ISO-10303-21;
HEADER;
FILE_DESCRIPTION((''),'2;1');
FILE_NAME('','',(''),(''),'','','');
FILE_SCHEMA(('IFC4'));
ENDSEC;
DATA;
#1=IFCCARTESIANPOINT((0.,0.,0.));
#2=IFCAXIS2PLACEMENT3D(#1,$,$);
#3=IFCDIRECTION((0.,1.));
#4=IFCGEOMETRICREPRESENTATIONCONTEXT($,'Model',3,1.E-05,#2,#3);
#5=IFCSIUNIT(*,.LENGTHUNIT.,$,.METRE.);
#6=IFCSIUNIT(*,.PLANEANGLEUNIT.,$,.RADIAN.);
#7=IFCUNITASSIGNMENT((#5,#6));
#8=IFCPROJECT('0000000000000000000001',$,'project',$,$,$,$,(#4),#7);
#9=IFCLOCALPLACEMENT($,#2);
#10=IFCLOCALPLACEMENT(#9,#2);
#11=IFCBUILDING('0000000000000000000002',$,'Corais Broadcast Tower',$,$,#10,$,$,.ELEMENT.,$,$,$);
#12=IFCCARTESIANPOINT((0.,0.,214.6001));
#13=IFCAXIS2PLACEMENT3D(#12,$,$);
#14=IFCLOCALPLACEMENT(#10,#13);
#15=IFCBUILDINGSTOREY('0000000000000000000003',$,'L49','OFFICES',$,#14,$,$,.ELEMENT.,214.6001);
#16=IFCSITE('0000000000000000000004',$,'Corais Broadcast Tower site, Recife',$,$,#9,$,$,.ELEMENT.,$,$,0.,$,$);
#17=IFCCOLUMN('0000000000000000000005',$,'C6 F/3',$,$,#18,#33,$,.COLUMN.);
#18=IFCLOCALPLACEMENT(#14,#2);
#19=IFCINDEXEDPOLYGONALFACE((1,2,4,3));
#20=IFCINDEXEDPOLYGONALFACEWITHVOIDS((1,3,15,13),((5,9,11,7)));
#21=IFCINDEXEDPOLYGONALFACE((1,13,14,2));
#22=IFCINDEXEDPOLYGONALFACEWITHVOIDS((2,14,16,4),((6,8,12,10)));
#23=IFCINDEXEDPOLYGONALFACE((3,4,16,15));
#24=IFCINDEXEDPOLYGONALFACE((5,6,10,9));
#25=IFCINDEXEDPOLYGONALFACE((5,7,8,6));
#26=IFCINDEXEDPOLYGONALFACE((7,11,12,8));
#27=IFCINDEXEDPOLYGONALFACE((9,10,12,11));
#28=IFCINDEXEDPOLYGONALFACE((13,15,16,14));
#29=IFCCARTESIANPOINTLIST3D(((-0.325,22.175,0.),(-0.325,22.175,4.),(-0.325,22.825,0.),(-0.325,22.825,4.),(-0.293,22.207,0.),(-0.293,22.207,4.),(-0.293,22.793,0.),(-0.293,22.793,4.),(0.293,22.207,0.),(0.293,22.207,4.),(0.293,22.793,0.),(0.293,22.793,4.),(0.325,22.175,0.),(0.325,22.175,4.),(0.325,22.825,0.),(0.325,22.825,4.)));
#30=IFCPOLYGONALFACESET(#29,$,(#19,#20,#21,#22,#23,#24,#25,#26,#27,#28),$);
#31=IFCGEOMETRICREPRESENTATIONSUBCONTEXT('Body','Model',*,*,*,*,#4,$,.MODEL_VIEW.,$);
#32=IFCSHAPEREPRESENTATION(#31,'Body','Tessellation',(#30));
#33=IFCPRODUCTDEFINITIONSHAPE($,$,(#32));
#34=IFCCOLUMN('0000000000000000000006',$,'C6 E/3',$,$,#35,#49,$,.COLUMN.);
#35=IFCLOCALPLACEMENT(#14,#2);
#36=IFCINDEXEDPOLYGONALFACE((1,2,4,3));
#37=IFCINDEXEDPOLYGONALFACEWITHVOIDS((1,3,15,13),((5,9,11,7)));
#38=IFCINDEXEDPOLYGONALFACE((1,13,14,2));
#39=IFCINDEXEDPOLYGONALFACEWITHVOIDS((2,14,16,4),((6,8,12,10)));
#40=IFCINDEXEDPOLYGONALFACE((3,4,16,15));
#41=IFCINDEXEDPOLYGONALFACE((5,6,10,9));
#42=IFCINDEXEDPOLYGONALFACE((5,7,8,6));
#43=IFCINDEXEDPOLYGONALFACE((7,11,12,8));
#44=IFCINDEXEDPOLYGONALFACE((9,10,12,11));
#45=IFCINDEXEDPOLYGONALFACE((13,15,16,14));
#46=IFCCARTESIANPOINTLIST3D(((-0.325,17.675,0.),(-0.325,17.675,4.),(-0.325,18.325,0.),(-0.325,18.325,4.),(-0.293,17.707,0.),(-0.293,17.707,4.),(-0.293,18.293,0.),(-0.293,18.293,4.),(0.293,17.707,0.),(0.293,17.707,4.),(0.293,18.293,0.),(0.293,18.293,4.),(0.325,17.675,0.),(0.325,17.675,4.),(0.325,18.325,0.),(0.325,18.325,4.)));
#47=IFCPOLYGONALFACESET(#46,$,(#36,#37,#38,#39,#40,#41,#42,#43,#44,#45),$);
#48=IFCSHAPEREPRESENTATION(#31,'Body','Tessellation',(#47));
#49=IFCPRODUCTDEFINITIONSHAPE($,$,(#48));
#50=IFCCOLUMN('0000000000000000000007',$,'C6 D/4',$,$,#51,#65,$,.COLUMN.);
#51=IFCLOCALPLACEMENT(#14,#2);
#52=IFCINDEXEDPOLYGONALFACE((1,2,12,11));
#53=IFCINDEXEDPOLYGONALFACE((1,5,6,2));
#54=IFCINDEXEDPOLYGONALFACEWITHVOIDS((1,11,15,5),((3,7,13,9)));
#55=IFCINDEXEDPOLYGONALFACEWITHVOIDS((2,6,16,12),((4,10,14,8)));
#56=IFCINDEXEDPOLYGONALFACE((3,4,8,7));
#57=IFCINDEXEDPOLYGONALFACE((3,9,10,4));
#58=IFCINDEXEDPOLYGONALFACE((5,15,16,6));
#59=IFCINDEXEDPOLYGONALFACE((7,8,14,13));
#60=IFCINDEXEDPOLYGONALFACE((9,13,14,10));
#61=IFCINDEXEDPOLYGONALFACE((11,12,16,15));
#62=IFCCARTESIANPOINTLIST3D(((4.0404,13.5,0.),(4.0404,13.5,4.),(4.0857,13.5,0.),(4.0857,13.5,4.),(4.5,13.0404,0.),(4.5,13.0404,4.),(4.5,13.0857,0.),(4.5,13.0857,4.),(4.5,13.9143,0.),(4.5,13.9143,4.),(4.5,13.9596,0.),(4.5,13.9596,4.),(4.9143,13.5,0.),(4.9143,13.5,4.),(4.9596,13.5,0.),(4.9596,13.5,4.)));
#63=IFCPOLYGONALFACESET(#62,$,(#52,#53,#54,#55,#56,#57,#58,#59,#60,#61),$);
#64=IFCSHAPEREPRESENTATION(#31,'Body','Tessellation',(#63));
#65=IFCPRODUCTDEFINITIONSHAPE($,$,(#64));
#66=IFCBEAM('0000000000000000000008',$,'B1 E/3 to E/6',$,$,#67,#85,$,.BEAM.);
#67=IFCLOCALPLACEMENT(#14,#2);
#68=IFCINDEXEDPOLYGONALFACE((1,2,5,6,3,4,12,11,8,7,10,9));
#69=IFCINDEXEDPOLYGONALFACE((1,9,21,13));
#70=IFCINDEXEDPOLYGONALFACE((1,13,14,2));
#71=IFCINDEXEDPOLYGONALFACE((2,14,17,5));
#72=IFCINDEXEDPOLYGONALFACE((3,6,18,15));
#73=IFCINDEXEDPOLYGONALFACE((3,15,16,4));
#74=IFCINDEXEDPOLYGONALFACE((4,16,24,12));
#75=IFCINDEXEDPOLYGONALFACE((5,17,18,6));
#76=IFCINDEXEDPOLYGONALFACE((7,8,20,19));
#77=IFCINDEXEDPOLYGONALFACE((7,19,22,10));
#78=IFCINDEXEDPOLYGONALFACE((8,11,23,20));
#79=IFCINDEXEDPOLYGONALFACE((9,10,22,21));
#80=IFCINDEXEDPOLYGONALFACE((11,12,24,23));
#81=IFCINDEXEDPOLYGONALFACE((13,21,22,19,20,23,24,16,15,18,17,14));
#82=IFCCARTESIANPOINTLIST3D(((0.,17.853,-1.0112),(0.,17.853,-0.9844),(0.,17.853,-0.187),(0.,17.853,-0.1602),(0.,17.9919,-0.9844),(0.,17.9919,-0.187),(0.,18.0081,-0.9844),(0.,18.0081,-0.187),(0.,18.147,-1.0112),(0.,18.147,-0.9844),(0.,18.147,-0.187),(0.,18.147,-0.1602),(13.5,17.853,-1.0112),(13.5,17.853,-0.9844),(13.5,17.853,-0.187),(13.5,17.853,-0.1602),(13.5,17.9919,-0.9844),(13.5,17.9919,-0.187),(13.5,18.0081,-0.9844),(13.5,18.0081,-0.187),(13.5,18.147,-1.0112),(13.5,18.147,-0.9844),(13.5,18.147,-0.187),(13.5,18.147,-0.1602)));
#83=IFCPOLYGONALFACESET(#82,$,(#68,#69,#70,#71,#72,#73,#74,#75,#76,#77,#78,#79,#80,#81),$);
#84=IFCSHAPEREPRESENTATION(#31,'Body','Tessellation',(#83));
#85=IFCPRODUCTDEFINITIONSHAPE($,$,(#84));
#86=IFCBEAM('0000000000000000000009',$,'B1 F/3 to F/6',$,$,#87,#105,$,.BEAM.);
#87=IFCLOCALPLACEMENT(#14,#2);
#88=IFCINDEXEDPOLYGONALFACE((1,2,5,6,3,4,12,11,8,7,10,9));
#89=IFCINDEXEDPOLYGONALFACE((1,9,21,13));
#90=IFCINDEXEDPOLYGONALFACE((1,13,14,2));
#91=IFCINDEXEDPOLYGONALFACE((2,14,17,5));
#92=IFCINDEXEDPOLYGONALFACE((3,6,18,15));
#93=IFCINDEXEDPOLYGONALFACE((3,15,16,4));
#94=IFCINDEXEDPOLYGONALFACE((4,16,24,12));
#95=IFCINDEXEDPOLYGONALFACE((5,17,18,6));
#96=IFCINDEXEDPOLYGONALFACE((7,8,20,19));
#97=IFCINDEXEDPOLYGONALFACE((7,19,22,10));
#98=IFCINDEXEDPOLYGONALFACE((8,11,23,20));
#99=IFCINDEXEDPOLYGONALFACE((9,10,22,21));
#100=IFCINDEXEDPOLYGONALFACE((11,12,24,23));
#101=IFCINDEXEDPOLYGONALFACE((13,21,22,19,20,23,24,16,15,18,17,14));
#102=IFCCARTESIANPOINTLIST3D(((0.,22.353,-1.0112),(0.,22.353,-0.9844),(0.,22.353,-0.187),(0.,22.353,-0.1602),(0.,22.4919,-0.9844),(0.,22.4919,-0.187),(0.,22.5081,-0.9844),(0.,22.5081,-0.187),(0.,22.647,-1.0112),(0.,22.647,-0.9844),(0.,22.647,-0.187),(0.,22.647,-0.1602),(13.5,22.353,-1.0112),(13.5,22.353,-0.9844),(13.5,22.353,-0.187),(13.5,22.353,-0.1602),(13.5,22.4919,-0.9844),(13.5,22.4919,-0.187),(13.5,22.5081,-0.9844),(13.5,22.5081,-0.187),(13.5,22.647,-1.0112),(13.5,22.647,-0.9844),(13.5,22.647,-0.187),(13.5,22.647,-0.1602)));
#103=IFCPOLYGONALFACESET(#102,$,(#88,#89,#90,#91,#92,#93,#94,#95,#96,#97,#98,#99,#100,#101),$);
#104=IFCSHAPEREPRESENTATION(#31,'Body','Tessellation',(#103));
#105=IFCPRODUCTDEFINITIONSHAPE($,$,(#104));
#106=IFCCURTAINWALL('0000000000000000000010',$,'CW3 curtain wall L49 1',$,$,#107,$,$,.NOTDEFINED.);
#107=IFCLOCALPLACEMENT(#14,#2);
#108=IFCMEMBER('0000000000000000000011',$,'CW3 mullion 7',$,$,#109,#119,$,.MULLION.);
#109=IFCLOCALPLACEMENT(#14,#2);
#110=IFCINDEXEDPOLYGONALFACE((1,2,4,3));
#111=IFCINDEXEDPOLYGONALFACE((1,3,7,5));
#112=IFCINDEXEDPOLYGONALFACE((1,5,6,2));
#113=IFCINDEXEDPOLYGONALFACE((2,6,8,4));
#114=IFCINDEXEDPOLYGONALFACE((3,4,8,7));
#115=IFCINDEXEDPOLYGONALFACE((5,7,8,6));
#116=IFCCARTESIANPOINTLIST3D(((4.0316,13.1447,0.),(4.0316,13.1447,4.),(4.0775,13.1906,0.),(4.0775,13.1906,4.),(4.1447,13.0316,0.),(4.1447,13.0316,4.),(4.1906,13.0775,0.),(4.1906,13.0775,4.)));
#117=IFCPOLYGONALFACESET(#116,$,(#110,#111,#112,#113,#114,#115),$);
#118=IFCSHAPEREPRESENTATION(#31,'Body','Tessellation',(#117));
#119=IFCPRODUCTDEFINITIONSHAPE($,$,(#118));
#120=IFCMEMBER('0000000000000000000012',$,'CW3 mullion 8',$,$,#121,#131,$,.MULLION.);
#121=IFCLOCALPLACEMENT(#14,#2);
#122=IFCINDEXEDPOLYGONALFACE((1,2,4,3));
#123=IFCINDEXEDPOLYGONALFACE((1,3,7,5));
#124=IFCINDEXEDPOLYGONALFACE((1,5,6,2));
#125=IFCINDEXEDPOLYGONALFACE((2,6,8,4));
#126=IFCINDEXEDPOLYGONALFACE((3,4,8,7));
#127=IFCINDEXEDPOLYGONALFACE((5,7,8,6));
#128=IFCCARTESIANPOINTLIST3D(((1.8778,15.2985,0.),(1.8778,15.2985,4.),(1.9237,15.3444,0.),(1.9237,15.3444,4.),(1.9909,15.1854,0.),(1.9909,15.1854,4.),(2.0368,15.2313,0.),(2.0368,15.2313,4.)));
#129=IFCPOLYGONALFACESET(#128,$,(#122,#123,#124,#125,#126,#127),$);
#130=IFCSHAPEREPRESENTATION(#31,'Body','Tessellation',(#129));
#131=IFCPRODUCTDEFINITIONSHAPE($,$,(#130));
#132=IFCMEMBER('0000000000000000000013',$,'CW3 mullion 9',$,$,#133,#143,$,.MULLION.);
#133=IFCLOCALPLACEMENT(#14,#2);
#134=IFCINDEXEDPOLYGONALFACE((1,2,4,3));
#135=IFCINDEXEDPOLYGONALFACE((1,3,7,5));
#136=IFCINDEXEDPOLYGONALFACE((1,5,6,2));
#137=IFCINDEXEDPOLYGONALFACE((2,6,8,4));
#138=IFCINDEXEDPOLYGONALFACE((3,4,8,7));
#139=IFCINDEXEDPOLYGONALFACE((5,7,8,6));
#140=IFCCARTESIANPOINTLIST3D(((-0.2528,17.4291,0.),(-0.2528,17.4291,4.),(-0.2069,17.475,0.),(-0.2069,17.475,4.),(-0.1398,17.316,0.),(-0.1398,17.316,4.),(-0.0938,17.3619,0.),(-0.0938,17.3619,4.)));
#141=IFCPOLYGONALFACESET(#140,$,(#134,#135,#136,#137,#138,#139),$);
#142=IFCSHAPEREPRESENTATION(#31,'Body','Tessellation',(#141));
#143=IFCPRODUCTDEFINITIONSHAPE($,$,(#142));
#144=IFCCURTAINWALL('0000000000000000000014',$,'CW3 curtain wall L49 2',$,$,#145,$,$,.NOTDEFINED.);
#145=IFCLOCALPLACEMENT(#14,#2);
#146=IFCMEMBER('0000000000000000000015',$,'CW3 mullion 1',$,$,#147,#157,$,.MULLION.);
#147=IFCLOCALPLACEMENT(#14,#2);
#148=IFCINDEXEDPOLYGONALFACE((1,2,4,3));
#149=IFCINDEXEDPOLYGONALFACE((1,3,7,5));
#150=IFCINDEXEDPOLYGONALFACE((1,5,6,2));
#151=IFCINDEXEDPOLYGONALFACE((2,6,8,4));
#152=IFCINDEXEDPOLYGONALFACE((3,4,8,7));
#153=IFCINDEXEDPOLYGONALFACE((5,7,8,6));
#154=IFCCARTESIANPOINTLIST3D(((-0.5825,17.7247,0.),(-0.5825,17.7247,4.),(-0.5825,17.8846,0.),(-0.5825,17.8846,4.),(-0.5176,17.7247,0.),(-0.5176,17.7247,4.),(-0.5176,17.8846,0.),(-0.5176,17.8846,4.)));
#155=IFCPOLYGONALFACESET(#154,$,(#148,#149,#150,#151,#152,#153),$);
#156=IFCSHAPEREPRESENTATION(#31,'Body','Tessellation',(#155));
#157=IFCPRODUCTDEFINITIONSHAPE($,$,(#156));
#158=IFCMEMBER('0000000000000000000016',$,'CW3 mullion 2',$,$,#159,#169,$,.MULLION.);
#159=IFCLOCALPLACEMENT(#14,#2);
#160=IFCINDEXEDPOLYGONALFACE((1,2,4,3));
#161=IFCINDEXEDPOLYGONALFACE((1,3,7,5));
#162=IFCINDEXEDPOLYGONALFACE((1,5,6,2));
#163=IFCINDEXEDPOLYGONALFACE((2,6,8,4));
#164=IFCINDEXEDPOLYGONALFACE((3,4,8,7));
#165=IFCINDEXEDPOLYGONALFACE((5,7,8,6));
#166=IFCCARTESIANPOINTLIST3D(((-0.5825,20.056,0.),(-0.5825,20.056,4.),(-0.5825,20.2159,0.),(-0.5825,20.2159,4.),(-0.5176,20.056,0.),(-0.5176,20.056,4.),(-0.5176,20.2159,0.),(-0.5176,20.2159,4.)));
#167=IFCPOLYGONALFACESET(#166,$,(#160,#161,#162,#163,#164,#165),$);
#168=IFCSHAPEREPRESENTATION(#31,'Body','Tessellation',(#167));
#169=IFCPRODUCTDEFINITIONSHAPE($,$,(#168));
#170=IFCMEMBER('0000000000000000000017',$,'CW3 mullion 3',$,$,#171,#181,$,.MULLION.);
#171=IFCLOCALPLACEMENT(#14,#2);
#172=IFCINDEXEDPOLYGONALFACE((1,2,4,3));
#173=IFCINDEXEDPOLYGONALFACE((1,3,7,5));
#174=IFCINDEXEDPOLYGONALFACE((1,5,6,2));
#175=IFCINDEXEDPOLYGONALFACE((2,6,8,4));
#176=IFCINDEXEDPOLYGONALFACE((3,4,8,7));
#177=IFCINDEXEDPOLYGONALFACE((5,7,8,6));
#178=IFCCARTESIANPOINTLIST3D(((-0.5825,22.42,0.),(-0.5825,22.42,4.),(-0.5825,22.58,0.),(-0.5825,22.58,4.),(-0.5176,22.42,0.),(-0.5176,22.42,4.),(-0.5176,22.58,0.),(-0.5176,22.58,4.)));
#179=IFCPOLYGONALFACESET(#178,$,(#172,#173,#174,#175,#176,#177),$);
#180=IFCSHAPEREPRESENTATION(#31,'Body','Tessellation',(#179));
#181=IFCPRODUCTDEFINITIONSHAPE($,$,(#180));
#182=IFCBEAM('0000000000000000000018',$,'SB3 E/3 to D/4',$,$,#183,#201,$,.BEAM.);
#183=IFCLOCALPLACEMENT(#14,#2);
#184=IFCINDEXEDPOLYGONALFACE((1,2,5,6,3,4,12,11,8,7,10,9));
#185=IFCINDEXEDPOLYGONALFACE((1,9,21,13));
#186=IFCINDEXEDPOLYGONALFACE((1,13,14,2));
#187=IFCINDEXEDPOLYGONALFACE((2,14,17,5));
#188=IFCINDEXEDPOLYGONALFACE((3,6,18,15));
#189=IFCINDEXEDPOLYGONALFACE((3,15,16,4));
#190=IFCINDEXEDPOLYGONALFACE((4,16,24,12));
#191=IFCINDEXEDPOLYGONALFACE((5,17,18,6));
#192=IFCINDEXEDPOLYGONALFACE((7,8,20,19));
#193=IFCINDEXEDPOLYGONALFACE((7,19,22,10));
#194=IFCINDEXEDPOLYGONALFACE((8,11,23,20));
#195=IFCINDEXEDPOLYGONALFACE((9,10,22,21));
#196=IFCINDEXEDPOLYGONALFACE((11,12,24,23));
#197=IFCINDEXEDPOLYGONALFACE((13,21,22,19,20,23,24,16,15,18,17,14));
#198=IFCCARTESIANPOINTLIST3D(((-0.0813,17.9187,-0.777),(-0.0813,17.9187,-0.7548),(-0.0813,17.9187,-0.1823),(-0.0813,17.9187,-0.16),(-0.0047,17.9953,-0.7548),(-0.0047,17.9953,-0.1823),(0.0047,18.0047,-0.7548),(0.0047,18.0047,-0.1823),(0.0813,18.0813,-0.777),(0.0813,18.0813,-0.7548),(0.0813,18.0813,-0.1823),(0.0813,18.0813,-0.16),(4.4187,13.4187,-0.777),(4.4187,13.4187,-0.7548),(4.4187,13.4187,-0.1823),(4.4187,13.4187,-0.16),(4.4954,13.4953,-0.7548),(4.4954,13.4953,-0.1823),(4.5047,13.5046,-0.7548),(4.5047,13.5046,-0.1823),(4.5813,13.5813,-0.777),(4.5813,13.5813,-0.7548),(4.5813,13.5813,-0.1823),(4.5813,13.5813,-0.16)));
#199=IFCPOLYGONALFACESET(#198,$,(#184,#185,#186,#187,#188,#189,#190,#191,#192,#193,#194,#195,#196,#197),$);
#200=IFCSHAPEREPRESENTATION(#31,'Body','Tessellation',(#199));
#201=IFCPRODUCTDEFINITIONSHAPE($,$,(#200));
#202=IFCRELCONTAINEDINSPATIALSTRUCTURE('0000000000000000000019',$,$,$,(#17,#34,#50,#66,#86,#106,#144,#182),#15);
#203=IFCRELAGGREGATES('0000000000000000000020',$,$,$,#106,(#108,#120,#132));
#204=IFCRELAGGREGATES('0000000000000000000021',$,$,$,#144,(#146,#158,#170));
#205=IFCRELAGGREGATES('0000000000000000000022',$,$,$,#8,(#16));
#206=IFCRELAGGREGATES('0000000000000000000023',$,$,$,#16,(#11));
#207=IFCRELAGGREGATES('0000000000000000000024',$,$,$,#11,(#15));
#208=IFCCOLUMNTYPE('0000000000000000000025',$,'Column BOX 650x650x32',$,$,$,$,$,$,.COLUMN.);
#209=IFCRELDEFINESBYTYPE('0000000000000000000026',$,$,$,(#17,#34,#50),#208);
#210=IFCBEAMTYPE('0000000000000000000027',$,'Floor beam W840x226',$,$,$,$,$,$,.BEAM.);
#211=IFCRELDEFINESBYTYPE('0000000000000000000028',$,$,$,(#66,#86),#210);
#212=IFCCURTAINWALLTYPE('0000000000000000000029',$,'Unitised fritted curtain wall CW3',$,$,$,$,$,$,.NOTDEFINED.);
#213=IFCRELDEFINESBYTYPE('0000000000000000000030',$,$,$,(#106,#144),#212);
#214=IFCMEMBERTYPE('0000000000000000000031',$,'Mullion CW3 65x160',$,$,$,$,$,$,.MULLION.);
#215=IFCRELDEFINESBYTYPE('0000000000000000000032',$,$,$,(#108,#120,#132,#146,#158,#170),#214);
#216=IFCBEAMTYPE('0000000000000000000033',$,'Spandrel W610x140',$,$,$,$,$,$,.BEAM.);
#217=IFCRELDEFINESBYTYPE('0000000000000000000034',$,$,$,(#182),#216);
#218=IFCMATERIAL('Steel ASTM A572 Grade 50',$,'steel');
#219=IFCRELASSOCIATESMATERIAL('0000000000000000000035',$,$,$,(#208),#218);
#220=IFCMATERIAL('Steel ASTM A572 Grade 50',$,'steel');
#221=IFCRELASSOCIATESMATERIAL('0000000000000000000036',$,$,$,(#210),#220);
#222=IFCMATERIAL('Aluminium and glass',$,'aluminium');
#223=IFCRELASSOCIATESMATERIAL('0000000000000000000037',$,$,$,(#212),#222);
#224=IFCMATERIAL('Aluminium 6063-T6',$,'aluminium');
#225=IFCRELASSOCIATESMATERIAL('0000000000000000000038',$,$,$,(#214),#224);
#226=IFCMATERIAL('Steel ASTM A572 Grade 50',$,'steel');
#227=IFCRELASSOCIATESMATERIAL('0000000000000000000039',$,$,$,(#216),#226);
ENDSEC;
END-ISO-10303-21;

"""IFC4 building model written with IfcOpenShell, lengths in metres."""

from ifc_helpers import new_model, si_unit, direction, frame, origin, origin_2d, place, context, subcontext, project, spatial, rectangle, hollow_rectangle, i_section, extrude, material, material_profile, profile_set, type_object, element, aggregate, save


model = new_model("IFC4")

# Units and contexts
model_context = context("Model", 3, precision=1e-05, world=origin(), true_north=direction((0.0, 1.0)))
body_context = subcontext(model_context, "Body", "Model", "MODEL_VIEW")
ifc_project = project(units=[si_unit("LENGTHUNIT", "METRE"), si_unit("PLANEANGLEUNIT", "RADIAN")], contexts=[model_context])

# Site, building, storey
site_placement = place(None, origin())
site = spatial("IfcSite", under=ifc_project, at=site_placement, Name="Corais Broadcast Tower site, Recife", CompositionType="ELEMENT", RefElevation=0.0)
building_placement = place(site_placement, origin())
building = spatial("IfcBuilding", under=site, at=building_placement, Name="Corais Broadcast Tower", CompositionType="ELEMENT")
storey_placement = place(building_placement, frame((0.0, 0.0, 214.6001)))
storey = spatial("IfcBuildingStorey", under=building, at=storey_placement, Name="L49", Description="OFFICES", CompositionType="ELEMENT", Elevation=214.6001)

# Columns
ifc_material_1 = material(Name="Steel ASTM A572 Grade 50", Category="steel")
ifc_material_profile_1 = material_profile(ifc_material_1, hollow_rectangle(XDim=0.6499, YDim=0.6499, WallThickness=0.032, at=origin_2d()), Name="BOX 650x650x32")
ifc_profile_set_1 = profile_set([ifc_material_profile_1], Name="Steel ASTM A572 Grade 50")
column_type = type_object("IfcColumnType", Name="Column BOX 650x650x32", PredefinedType="COLUMN", material=ifc_profile_set_1)
for number, where, z_axis, x_axis, name in (
    (1, (0.0, 22.5, 0.0), (0.0, 0.0, 1.0), (1.0, 0.0, 0.0), "C6 F/3"),
    (2, (0.0, 18.0, 0.0), (0.0, 0.0, 1.0), (1.0, 0.0, 0.0), "C6 E/3"),
    (3, (4.5, 13.5, 0.0), (0.0, 0.0, 1.0), (0.707107, 0.707107, 0.0), "C6 D/4"),
):
    element("IfcColumn", number, at=place(storey_placement, frame(where, z_axis=z_axis, x_axis=x_axis)), inside=storey, type_object=column_type, Name=name, PredefinedType="COLUMN", context=body_context, shape_type="SweptSolid", body=[
        extrude(hollow_rectangle(XDim=0.6499, YDim=0.6499, WallThickness=0.032, at=origin_2d()), origin(), (0.0, 0.0, 1.0), 4.0),
    ])

# Beams
ifc_material_2 = material(Name="Steel ASTM A572 Grade 50", Category="steel")
ifc_material_profile_2 = material_profile(ifc_material_2, i_section(OverallWidth=0.2939, OverallDepth=0.8511, WebThickness=0.0161, FlangeThickness=0.0269, at=origin_2d()), Name="W840x226")
ifc_profile_set_2 = profile_set([ifc_material_profile_2], Name="Steel ASTM A572 Grade 50")
beam_type_1 = type_object("IfcBeamType", Name="Floor beam W840x226", PredefinedType="BEAM", material=ifc_profile_set_2)
for number, where, z_axis, x_axis, name in (
    (4, (0.0, 18.0, -0.5857), (1.0, 0.0, 0.0), (0.0, 1.0, 0.0), "B1 E/3 to E/6"),
    (5, (0.0, 22.5, -0.5857), (1.0, 0.0, 0.0), (0.0, 1.0, 0.0), "B1 F/3 to F/6"),
):
    element("IfcBeam", number, at=place(storey_placement, frame(where, z_axis=z_axis, x_axis=x_axis)), inside=storey, type_object=beam_type_1, Name=name, PredefinedType="BEAM", context=body_context, shape_type="SweptSolid", body=[
        extrude(i_section(OverallWidth=0.2939, OverallDepth=0.8511, WebThickness=0.0161, FlangeThickness=0.0269, at=origin_2d()), origin(), (0.0, 0.0, 1.0), 13.5),
    ])

# Curtain walls, members
ifc_material_3 = material(Name="Aluminium and glass", Category="aluminium")
curtain_wall_type = type_object("IfcCurtainWallType", Name="Unitised fritted curtain wall CW3", PredefinedType="NOTDEFINED", material=ifc_material_3)
curtain_wall_1_placement = place(storey_placement, origin())
curtain_wall_1 = element("IfcCurtainWall", 6, at=curtain_wall_1_placement, inside=storey, type_object=curtain_wall_type, Name="CW3 curtain wall L49 1", PredefinedType="NOTDEFINED")
ifc_material_4 = material(Name="Aluminium 6063-T6", Category="aluminium")
ifc_material_profile_3 = material_profile(ifc_material_4, rectangle(XDim=0.0649, YDim=0.1599, at=origin_2d()), Name="Mullion CW3 65x160")
ifc_profile_set_3 = profile_set([ifc_material_profile_3], Name="Aluminium 6063-T6")
member_type_1 = type_object("IfcMemberType", Name="Mullion CW3 65x160", PredefinedType="MULLION", material=ifc_profile_set_3)
member_1_placement = place(storey_placement, frame((4.1111, 13.1111, 0.0), z_axis=(0.0, 0.0, 1.0), x_axis=(-0.707107, -0.707107, 0.0)))
member_1 = element("IfcMember", 7, at=member_1_placement, type_object=member_type_1, Name="CW3 mullion 7", PredefinedType="MULLION", context=body_context, shape_type="SweptSolid", body=[
    extrude(rectangle(XDim=0.0649, YDim=0.1599, at=origin_2d()), origin(), (0.0, 0.0, 1.0), 4.0),
])
member_2_placement = place(storey_placement, frame((1.9573, 15.2649, 0.0), z_axis=(0.0, 0.0, 1.0), x_axis=(-0.707107, -0.707107, 0.0)))
member_2 = element("IfcMember", 8, at=member_2_placement, type_object=member_type_1, Name="CW3 mullion 8", PredefinedType="MULLION", context=body_context, shape_type="SweptSolid", body=[
    extrude(rectangle(XDim=0.0649, YDim=0.1599, at=origin_2d()), origin(), (0.0, 0.0, 1.0), 4.0),
])
member_3_placement = place(storey_placement, frame((-0.1733, 17.3955, 0.0), z_axis=(0.0, 0.0, 1.0), x_axis=(-0.707107, -0.707107, 0.0)))
member_3 = element("IfcMember", 9, at=member_3_placement, type_object=member_type_1, Name="CW3 mullion 9", PredefinedType="MULLION", context=body_context, shape_type="SweptSolid", body=[
    extrude(rectangle(XDim=0.0649, YDim=0.1599, at=origin_2d()), origin(), (0.0, 0.0, 1.0), 4.0),
])
curtain_wall_2_placement = place(storey_placement, origin())
curtain_wall_2 = element("IfcCurtainWall", 10, at=curtain_wall_2_placement, inside=storey, type_object=curtain_wall_type, Name="CW3 curtain wall L49 2", PredefinedType="NOTDEFINED")
member_4_placement = place(storey_placement, frame((-0.55, 17.8047, 0.0), z_axis=(0.0, 0.0, 1.0), x_axis=(-1.0, 0.0, 0.0)))
member_4 = element("IfcMember", 11, at=member_4_placement, type_object=member_type_1, Name="CW3 mullion 1", PredefinedType="MULLION", context=body_context, shape_type="SweptSolid", body=[
    extrude(rectangle(XDim=0.0649, YDim=0.1599, at=origin_2d()), origin(), (0.0, 0.0, 1.0), 4.0),
])
member_5_placement = place(storey_placement, frame((-0.55, 20.136, 0.0), z_axis=(0.0, 0.0, 1.0), x_axis=(-1.0, 0.0, 0.0)))
member_5 = element("IfcMember", 12, at=member_5_placement, type_object=member_type_1, Name="CW3 mullion 2", PredefinedType="MULLION", context=body_context, shape_type="SweptSolid", body=[
    extrude(rectangle(XDim=0.0649, YDim=0.1599, at=origin_2d()), origin(), (0.0, 0.0, 1.0), 4.0),
])
member_6_placement = place(storey_placement, frame((-0.55, 22.5, 0.0), z_axis=(0.0, 0.0, 1.0), x_axis=(-1.0, 0.0, 0.0)))
member_6 = element("IfcMember", 13, at=member_6_placement, type_object=member_type_1, Name="CW3 mullion 3", PredefinedType="MULLION", context=body_context, shape_type="SweptSolid", body=[
    extrude(rectangle(XDim=0.0649, YDim=0.1599, at=origin_2d()), origin(), (0.0, 0.0, 1.0), 4.0),
])

# Beam
ifc_material_5 = material(Name="Steel ASTM A572 Grade 50", Category="steel")
ifc_material_profile_4 = material_profile(ifc_material_5, i_section(OverallWidth=0.23, OverallDepth=0.6169, WebThickness=0.0132, FlangeThickness=0.0222, at=origin_2d()), Name="W610x140")
ifc_profile_set_4 = profile_set([ifc_material_profile_4], Name="Steel ASTM A572 Grade 50")
beam_type_2 = type_object("IfcBeamType", Name="Spandrel W610x140", PredefinedType="BEAM", material=ifc_profile_set_4)
beam_1_placement = place(storey_placement, frame((0.0, 18.0, -0.4685), z_axis=(0.707107, -0.707107, 0.0), x_axis=(0.707107, 0.707107, 0.0)))
element("IfcBeam", 14, at=beam_1_placement, inside=storey, type_object=beam_type_2, Name="SB3 E/3 to D/4", PredefinedType="BEAM", context=body_context, shape_type="SweptSolid", body=[
    extrude(i_section(OverallWidth=0.23, OverallDepth=0.6169, WebThickness=0.0132, FlangeThickness=0.0222, at=origin_2d()), origin(), (0.0, 0.0, 1.0), 6.364),
])

aggregate(curtain_wall_1, [member_1, member_2, member_3])
aggregate(curtain_wall_2, [member_4, member_5, member_6])

save(model, "model.ifc")
